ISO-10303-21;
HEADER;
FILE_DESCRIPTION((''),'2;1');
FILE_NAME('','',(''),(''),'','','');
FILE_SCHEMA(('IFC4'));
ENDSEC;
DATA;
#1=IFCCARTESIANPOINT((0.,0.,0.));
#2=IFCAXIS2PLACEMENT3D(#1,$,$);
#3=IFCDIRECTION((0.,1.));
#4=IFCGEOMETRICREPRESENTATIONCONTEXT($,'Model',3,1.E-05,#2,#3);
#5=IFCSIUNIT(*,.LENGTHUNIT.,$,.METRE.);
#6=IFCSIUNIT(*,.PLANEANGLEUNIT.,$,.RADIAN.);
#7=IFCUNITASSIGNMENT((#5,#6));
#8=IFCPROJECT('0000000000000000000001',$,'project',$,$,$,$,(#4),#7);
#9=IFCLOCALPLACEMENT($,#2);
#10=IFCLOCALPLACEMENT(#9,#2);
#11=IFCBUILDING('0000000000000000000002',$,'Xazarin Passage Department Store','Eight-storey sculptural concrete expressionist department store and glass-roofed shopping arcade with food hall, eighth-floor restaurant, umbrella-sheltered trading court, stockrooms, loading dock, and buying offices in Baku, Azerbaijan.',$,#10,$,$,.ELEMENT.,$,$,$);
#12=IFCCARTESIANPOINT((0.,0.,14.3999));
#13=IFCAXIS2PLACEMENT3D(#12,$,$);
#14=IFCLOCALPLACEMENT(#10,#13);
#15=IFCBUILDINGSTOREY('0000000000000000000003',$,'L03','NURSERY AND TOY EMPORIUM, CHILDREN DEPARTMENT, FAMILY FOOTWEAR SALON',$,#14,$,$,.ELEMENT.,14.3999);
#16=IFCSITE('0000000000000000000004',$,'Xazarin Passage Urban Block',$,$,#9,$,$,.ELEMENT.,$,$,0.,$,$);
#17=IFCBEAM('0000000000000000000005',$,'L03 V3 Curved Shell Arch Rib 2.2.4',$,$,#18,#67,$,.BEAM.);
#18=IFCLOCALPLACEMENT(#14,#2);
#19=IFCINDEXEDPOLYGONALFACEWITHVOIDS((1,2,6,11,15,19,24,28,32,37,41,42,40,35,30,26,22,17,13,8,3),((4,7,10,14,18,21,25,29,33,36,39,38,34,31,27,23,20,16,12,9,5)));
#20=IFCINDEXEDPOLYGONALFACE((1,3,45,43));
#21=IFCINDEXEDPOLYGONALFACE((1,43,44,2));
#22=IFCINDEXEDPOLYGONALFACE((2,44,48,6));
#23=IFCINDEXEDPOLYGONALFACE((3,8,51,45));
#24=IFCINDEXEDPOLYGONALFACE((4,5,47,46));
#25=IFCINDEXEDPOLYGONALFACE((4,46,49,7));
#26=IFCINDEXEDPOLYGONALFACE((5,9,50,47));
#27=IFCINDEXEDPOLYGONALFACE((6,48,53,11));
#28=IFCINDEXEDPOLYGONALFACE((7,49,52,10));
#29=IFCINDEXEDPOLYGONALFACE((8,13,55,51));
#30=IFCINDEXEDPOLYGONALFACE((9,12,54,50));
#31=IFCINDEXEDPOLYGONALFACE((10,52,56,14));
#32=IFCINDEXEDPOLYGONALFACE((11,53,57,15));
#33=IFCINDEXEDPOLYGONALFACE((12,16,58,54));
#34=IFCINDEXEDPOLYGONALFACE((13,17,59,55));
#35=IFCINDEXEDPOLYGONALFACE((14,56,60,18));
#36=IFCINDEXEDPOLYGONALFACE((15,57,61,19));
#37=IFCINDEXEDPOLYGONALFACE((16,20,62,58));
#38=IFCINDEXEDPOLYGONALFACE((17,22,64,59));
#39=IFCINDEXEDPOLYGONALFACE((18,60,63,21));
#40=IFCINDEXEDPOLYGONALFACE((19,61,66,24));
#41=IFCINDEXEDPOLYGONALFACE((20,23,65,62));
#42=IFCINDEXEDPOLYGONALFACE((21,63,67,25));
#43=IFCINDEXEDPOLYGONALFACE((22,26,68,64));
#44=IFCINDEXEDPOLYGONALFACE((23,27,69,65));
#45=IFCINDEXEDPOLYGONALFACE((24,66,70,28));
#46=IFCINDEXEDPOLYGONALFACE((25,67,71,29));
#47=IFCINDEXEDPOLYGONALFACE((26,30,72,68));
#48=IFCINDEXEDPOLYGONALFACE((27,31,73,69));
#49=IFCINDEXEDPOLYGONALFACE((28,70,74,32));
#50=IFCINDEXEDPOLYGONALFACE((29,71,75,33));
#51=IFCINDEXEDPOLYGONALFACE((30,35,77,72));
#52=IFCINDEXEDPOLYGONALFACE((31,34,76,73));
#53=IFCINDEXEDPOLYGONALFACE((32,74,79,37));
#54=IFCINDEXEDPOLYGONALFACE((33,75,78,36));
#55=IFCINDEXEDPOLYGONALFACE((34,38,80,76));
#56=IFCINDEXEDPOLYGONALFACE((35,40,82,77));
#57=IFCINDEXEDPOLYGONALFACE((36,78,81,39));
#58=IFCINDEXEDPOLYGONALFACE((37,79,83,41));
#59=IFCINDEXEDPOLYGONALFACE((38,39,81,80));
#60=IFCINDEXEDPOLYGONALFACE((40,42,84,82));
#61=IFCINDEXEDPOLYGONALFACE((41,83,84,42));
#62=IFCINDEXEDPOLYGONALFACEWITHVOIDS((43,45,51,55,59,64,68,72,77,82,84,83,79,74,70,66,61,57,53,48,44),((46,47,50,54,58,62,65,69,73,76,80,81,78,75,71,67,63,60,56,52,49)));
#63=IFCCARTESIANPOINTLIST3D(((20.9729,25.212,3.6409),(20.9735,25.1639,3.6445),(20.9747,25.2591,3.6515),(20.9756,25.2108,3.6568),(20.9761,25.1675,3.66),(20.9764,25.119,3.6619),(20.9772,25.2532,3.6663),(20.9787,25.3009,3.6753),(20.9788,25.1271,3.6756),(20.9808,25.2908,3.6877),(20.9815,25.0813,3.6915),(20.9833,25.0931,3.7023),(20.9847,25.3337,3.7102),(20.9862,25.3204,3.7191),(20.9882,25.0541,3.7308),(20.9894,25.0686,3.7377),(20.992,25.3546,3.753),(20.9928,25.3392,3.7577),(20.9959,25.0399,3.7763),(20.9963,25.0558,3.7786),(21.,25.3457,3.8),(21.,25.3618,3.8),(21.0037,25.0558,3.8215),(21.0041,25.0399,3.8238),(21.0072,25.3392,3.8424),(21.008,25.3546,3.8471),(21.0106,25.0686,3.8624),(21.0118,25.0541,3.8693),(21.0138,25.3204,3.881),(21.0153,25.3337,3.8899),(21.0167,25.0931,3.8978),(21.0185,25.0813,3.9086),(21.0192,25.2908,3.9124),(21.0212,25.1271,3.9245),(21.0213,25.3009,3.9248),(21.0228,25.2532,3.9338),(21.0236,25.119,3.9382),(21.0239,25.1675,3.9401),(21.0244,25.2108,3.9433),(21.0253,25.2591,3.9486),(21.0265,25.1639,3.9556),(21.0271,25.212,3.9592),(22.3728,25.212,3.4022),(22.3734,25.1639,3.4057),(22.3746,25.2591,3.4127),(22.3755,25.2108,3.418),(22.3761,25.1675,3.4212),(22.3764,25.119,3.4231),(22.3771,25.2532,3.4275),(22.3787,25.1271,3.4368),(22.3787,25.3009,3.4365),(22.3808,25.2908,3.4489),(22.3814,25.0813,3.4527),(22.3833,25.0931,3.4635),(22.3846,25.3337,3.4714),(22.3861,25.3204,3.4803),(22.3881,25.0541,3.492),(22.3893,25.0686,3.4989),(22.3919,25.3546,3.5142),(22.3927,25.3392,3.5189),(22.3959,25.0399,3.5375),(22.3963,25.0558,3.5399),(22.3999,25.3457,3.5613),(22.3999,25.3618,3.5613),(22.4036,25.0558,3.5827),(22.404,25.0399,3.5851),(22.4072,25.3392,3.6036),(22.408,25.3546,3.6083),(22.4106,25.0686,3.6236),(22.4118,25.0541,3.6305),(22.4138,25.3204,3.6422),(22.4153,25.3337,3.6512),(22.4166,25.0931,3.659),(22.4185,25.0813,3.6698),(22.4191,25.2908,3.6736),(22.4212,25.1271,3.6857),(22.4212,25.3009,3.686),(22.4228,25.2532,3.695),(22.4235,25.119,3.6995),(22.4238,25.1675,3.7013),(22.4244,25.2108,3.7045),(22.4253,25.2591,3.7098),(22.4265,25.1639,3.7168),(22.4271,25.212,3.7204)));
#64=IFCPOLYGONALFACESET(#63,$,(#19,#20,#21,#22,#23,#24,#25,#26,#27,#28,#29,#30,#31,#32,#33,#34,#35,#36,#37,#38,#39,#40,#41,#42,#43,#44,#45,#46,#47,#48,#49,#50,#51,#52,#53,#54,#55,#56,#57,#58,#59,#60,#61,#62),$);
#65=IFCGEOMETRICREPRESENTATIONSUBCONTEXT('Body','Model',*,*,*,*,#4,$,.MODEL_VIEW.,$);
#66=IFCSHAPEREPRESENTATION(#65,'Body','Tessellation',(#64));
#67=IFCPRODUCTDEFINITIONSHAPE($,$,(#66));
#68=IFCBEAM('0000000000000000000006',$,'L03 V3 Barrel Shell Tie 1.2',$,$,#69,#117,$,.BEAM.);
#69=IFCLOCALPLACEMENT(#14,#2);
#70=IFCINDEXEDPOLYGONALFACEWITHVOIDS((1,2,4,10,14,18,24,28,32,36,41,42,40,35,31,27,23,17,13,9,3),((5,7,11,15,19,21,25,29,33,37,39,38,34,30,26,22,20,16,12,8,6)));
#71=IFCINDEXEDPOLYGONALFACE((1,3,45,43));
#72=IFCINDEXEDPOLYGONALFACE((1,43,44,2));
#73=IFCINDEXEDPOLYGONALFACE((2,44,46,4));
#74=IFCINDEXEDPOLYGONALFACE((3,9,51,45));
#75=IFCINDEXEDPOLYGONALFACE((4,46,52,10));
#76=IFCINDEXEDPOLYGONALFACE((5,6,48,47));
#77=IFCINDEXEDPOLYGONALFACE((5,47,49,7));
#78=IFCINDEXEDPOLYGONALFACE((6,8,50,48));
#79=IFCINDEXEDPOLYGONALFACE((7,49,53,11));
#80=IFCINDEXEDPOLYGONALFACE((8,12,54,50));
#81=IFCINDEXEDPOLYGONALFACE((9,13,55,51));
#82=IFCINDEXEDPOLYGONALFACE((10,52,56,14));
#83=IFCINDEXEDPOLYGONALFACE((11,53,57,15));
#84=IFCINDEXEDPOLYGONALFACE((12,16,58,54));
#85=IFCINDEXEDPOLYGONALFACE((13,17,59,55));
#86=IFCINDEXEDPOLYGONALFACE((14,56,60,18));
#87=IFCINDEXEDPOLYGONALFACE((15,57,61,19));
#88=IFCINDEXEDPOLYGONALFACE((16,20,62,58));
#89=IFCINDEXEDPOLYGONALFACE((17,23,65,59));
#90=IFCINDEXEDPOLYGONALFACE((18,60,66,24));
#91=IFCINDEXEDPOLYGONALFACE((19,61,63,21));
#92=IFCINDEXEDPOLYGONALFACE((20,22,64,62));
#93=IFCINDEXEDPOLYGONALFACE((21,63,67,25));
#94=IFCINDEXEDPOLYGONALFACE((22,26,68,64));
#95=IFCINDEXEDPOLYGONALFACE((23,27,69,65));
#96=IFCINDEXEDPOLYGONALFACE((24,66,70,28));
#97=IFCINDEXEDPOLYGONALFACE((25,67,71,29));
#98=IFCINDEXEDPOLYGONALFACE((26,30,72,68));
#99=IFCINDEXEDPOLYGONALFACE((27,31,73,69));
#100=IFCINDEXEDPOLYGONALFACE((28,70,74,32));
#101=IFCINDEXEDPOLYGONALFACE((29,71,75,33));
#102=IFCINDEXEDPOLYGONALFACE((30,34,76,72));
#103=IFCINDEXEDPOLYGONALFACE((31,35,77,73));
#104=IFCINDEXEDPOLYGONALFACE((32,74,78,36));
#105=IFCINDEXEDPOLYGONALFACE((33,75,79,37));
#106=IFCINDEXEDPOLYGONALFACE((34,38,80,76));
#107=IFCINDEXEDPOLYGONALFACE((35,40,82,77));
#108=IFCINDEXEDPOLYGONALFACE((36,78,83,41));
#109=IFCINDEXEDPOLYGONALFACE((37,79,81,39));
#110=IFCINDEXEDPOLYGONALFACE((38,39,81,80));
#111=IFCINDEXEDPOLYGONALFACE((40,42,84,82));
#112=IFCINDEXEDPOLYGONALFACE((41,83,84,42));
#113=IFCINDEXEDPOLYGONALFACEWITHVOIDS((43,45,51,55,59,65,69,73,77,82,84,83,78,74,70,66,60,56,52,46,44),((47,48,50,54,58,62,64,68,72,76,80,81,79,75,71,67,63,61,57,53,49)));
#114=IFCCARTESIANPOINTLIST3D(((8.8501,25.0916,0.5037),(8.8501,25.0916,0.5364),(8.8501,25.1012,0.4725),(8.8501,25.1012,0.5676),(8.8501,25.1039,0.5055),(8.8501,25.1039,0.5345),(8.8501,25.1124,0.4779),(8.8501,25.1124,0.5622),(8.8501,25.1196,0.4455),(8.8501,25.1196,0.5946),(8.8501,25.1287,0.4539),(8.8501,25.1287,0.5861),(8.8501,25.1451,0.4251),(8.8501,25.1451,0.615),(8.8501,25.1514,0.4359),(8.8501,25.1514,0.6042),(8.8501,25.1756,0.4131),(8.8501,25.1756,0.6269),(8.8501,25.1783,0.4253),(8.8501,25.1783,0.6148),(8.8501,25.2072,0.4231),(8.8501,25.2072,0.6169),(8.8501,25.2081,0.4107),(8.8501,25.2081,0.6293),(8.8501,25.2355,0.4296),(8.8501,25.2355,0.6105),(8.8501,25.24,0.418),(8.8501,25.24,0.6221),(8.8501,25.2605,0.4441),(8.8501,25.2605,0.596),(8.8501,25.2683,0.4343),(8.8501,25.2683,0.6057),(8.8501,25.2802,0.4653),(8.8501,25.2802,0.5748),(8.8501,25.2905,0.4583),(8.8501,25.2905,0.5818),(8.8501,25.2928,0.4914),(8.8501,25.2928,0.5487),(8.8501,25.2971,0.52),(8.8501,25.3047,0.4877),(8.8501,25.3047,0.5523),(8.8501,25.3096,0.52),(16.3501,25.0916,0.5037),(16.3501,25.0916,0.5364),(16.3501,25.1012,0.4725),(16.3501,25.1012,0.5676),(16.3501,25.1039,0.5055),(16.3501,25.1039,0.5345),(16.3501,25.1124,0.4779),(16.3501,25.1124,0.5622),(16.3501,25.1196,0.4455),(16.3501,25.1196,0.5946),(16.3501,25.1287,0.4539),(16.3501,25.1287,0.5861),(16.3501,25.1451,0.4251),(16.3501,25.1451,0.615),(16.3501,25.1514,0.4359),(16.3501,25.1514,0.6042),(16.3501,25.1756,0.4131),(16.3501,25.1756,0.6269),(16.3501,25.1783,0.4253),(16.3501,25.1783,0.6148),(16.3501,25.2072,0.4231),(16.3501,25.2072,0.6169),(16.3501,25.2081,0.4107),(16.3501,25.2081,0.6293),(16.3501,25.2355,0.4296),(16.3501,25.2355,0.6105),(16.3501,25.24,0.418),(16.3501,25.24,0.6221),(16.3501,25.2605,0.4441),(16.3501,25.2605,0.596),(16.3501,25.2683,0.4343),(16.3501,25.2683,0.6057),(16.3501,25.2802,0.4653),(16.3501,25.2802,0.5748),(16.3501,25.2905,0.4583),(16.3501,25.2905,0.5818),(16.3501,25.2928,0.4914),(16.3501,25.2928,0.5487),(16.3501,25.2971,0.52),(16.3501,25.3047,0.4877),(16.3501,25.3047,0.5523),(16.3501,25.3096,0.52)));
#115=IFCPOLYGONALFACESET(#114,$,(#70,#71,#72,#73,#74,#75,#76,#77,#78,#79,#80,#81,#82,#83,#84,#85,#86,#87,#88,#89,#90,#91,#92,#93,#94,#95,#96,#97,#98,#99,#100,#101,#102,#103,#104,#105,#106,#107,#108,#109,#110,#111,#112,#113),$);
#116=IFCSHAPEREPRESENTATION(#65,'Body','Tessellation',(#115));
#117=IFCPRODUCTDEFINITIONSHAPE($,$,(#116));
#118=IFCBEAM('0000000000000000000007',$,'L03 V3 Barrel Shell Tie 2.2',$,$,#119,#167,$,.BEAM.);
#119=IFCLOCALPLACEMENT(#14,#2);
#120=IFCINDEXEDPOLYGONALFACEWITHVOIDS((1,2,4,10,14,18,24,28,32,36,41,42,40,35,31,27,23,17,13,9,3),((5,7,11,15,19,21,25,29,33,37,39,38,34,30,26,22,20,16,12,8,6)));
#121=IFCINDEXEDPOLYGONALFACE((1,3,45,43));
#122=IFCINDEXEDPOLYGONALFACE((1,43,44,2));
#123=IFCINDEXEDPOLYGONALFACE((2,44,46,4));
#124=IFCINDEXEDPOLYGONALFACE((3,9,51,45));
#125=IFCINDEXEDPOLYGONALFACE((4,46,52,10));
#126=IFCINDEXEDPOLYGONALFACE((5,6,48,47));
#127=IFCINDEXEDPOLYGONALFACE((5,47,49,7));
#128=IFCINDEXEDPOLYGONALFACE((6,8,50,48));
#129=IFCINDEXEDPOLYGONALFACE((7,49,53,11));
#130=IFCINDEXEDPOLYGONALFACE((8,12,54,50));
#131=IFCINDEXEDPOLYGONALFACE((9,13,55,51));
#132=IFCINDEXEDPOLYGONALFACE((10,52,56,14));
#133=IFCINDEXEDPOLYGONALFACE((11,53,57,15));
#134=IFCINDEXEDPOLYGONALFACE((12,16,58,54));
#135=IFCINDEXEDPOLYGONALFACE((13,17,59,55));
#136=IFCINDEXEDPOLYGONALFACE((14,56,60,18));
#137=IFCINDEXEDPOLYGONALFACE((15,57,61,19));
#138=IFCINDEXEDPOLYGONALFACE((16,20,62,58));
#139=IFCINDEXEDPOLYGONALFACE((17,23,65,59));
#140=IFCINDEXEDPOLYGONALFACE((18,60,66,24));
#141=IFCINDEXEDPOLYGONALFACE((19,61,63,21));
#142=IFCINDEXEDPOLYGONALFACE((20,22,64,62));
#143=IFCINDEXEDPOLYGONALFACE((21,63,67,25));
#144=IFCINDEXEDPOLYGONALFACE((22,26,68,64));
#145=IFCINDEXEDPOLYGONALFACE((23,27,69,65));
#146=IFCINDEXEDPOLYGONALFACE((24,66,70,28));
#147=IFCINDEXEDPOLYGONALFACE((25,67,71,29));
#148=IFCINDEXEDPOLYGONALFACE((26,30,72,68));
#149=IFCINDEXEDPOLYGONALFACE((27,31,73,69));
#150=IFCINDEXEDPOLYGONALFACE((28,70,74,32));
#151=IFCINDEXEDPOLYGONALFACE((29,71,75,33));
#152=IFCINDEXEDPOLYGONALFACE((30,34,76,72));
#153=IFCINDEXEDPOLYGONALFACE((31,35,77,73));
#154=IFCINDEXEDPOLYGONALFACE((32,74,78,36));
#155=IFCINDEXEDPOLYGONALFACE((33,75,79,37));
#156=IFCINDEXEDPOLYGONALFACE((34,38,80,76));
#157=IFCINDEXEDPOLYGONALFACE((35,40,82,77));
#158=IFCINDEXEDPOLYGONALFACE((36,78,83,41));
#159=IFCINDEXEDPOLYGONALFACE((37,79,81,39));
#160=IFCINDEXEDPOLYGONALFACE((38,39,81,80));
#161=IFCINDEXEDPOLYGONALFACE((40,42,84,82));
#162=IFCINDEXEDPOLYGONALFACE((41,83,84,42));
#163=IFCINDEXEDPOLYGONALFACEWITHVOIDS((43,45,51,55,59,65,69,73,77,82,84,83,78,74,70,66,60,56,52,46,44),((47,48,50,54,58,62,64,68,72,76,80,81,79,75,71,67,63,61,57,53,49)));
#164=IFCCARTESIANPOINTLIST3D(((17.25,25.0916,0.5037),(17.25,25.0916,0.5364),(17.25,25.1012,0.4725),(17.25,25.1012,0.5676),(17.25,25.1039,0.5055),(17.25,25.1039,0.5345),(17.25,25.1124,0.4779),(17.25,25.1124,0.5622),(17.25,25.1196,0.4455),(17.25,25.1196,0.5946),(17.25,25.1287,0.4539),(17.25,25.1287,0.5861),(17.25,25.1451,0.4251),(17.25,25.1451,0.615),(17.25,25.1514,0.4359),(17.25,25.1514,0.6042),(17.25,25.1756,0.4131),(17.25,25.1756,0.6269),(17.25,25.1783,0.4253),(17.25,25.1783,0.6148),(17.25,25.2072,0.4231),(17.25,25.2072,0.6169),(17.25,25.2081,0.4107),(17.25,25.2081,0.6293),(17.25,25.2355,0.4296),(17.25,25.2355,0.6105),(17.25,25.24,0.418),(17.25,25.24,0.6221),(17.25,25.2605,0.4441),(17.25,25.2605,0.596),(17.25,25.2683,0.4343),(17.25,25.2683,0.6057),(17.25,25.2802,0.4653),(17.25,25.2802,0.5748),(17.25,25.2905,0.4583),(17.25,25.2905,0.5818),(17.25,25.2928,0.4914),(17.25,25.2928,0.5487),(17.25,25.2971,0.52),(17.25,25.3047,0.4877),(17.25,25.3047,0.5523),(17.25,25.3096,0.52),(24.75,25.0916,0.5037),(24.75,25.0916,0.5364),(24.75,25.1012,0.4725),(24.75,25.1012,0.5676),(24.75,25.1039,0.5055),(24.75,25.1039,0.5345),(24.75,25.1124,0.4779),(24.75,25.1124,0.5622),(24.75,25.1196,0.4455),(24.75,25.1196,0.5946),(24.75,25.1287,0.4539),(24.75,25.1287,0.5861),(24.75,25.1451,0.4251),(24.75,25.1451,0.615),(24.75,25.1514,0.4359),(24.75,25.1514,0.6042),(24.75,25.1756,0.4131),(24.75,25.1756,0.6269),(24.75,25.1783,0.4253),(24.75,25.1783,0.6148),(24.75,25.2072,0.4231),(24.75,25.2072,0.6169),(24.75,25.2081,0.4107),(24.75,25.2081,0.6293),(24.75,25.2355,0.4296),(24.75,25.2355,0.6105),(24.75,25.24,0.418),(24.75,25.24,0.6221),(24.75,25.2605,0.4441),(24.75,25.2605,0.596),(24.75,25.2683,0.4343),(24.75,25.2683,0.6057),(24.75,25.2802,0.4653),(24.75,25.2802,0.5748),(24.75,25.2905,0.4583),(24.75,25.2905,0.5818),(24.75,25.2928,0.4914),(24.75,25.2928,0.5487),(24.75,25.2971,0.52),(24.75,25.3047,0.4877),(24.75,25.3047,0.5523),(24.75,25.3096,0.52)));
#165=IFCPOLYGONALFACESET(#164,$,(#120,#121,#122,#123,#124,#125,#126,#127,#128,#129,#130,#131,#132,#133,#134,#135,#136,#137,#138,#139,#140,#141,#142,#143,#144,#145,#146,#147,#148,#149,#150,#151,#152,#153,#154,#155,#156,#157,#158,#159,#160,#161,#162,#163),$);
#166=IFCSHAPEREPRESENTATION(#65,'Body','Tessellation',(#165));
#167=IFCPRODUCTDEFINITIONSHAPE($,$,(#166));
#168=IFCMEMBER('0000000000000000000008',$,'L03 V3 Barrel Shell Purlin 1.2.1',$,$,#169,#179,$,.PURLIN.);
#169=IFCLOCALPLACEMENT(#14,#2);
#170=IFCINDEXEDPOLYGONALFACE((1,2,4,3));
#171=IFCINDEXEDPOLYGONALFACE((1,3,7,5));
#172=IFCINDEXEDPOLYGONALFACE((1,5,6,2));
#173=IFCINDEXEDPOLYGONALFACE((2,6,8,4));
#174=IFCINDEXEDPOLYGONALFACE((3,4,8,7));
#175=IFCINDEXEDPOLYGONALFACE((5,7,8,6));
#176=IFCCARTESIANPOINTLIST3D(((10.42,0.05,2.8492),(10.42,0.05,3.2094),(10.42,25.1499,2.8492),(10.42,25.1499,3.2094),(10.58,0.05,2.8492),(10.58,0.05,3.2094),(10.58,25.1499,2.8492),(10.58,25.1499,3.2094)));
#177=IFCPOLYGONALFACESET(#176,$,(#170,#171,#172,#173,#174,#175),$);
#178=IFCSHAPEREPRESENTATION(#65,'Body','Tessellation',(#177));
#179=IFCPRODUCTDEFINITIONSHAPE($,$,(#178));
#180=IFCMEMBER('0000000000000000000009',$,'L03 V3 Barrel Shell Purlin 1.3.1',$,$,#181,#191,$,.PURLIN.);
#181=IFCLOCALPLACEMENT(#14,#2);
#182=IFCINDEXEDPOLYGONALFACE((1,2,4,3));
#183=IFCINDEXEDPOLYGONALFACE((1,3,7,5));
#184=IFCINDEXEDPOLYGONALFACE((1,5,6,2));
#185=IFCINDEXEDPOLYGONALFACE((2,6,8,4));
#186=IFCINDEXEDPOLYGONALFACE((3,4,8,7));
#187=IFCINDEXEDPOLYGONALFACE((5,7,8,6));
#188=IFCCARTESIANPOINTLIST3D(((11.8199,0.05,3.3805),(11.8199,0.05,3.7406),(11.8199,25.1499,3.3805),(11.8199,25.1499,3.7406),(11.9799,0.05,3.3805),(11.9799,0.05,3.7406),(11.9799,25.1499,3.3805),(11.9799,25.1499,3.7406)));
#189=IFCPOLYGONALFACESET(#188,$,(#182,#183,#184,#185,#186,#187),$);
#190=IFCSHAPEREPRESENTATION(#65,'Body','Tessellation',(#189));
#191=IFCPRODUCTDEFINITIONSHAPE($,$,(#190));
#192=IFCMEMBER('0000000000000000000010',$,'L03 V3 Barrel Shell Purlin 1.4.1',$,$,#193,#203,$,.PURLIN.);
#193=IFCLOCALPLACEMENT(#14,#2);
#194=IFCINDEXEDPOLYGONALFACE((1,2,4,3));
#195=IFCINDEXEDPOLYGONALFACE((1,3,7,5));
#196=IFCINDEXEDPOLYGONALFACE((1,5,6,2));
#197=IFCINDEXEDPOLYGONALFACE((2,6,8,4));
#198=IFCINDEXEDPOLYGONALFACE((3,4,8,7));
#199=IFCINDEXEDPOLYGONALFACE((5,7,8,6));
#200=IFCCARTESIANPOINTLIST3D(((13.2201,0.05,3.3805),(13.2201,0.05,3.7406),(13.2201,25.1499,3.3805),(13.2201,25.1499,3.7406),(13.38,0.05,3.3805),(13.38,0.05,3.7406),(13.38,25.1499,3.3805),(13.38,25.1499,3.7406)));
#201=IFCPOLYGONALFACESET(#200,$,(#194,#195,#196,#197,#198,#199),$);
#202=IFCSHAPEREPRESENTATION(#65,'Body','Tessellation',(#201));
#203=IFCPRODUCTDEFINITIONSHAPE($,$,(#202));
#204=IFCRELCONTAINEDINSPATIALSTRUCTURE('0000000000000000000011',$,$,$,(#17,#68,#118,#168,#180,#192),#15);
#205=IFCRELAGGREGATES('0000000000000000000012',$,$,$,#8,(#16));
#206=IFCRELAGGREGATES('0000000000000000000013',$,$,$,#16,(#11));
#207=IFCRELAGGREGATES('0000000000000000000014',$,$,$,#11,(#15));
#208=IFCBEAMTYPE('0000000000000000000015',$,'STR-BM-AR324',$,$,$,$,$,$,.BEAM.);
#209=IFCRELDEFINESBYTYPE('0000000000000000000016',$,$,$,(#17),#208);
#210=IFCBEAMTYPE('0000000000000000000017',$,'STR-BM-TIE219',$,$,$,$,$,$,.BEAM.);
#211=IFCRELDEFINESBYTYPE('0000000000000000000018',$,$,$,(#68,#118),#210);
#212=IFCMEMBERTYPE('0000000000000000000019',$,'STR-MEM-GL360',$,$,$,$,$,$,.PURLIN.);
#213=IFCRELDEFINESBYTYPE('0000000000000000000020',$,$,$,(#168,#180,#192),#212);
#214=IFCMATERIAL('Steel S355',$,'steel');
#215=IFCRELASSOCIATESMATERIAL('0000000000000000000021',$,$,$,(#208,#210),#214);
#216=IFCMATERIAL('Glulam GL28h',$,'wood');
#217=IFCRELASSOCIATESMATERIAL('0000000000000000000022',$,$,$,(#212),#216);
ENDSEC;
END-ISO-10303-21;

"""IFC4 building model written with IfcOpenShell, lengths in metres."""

from ifc_helpers import new_model, si_unit, direction, frame, origin, origin_2d, place, context, subcontext, project, spatial, rectangle, hollow_circle, extrude, material, material_profile, profile_set, type_object, element, save


model = new_model("IFC4")

# Units and contexts
model_context = context("Model", 3, precision=1e-05, world=origin(), true_north=direction((0.0, 1.0)))
body_context = subcontext(model_context, "Body", "Model", "MODEL_VIEW")
ifc_project = project(units=[si_unit("LENGTHUNIT", "METRE"), si_unit("PLANEANGLEUNIT", "RADIAN")], contexts=[model_context])

# Site, building, storey
site_placement = place(None, origin())
site = spatial("IfcSite", under=ifc_project, at=site_placement, Name="Xazarin Passage Urban Block", CompositionType="ELEMENT", RefElevation=0.0)
building_placement = place(site_placement, origin())
building = spatial("IfcBuilding", under=site, at=building_placement, Name="Xazarin Passage Department Store", Description="Eight-storey sculptural concrete expressionist department store and glass-roofed shopping arcade with food hall, eighth-floor restaurant, umbrella-sheltered trading court, stockrooms, loading dock, and buying offices in Baku, Azerbaijan.", CompositionType="ELEMENT")
storey_placement = place(building_placement, frame((0.0, 0.0, 14.3999)))
storey = spatial("IfcBuildingStorey", under=building, at=storey_placement, Name="L03", Description="NURSERY AND TOY EMPORIUM, CHILDREN DEPARTMENT, FAMILY FOOTWEAR SALON", CompositionType="ELEMENT", Elevation=14.3999)

# Beams
ifc_material_1 = material(Name="Steel S355", Category="steel")
ifc_material_profile_1 = material_profile(ifc_material_1, hollow_circle(Radius=0.1619, WallThickness=0.0161, at=origin_2d()), Name="CHS 323.9x16")
ifc_profile_set_1 = profile_set([ifc_material_profile_1], Name="Steel S355")
beam_type_1 = type_object("IfcBeamType", Name="STR-BM-AR324", PredefinedType="BEAM", material=ifc_profile_set_1)
for number, where, z_axis, x_axis, name in (
    (1, (21.0, 25.2, 3.8), (0.985764, 0.0, -0.168133), (0.0, 1.0, 0.0), "L03 V3 Curved Shell Arch Rib 2.2.4"),
):
    element("IfcBeam", number, at=place(storey_placement, frame(where, z_axis=z_axis, x_axis=x_axis)), inside=storey, type_object=beam_type_1, Name=name, PredefinedType="BEAM", context=body_context, shape_type="SweptSolid", body=[
        extrude(hollow_circle(Radius=0.1619, WallThickness=0.0161, at=origin_2d()), origin(), (0.0, 0.0, 1.0), 1.4202),
    ])
ifc_material_profile_2 = material_profile(ifc_material_1, hollow_circle(Radius=0.1096, WallThickness=0.0125, at=origin_2d()), Name="CHS 219.1x12.5")
ifc_profile_set_2 = profile_set([ifc_material_profile_2], Name="Steel S355")
beam_type_2 = type_object("IfcBeamType", Name="STR-BM-TIE219", PredefinedType="BEAM", material=ifc_profile_set_2)
for number, where, z_axis, x_axis, name in (
    (2, (8.8501, 25.2, 0.52), (1.0, 0.0, 0.0), (0.0, 1.0, 0.0), "L03 V3 Barrel Shell Tie 1.2"),
    (3, (17.25, 25.2, 0.52), (1.0, 0.0, 0.0), (0.0, 1.0, 0.0), "L03 V3 Barrel Shell Tie 2.2"),
):
    element("IfcBeam", number, at=place(storey_placement, frame(where, z_axis=z_axis, x_axis=x_axis)), inside=storey, type_object=beam_type_2, Name=name, PredefinedType="BEAM", context=body_context, shape_type="SweptSolid", body=[
        extrude(hollow_circle(Radius=0.1096, WallThickness=0.0125, at=origin_2d()), origin(), (0.0, 0.0, 1.0), 7.5),
    ])

# Members
ifc_material_2 = material(Name="Glulam GL28h", Category="wood")
ifc_material_profile_3 = material_profile(ifc_material_2, rectangle(XDim=0.1599, YDim=0.3601, at=origin_2d()), Name="GL28h 160x360")
ifc_profile_set_3 = profile_set([ifc_material_profile_3], Name="Glulam GL28h")
member_type = type_object("IfcMemberType", Name="STR-MEM-GL360", PredefinedType="PURLIN", material=ifc_profile_set_3)
for number, where, z_axis, x_axis, name in (
    (4, (10.5, 0.05, 3.0293), (0.0, 1.0, 0.0), (-1.0, 0.0, 0.0), "L03 V3 Barrel Shell Purlin 1.2.1"),
    (5, (11.8999, 0.05, 3.5605), (0.0, 1.0, 0.0), (-1.0, 0.0, 0.0), "L03 V3 Barrel Shell Purlin 1.3.1"),
    (6, (13.3, 0.05, 3.5605), (0.0, 1.0, 0.0), (-1.0, 0.0, 0.0), "L03 V3 Barrel Shell Purlin 1.4.1"),
):
    element("IfcMember", number, at=place(storey_placement, frame(where, z_axis=z_axis, x_axis=x_axis)), inside=storey, type_object=member_type, Name=name, PredefinedType="PURLIN", context=body_context, shape_type="SweptSolid", body=[
        extrude(rectangle(XDim=0.1599, YDim=0.3601, at=origin_2d()), origin(), (0.0, 0.0, 1.0), 25.0999),
    ])

save(model, "model.ifc")
